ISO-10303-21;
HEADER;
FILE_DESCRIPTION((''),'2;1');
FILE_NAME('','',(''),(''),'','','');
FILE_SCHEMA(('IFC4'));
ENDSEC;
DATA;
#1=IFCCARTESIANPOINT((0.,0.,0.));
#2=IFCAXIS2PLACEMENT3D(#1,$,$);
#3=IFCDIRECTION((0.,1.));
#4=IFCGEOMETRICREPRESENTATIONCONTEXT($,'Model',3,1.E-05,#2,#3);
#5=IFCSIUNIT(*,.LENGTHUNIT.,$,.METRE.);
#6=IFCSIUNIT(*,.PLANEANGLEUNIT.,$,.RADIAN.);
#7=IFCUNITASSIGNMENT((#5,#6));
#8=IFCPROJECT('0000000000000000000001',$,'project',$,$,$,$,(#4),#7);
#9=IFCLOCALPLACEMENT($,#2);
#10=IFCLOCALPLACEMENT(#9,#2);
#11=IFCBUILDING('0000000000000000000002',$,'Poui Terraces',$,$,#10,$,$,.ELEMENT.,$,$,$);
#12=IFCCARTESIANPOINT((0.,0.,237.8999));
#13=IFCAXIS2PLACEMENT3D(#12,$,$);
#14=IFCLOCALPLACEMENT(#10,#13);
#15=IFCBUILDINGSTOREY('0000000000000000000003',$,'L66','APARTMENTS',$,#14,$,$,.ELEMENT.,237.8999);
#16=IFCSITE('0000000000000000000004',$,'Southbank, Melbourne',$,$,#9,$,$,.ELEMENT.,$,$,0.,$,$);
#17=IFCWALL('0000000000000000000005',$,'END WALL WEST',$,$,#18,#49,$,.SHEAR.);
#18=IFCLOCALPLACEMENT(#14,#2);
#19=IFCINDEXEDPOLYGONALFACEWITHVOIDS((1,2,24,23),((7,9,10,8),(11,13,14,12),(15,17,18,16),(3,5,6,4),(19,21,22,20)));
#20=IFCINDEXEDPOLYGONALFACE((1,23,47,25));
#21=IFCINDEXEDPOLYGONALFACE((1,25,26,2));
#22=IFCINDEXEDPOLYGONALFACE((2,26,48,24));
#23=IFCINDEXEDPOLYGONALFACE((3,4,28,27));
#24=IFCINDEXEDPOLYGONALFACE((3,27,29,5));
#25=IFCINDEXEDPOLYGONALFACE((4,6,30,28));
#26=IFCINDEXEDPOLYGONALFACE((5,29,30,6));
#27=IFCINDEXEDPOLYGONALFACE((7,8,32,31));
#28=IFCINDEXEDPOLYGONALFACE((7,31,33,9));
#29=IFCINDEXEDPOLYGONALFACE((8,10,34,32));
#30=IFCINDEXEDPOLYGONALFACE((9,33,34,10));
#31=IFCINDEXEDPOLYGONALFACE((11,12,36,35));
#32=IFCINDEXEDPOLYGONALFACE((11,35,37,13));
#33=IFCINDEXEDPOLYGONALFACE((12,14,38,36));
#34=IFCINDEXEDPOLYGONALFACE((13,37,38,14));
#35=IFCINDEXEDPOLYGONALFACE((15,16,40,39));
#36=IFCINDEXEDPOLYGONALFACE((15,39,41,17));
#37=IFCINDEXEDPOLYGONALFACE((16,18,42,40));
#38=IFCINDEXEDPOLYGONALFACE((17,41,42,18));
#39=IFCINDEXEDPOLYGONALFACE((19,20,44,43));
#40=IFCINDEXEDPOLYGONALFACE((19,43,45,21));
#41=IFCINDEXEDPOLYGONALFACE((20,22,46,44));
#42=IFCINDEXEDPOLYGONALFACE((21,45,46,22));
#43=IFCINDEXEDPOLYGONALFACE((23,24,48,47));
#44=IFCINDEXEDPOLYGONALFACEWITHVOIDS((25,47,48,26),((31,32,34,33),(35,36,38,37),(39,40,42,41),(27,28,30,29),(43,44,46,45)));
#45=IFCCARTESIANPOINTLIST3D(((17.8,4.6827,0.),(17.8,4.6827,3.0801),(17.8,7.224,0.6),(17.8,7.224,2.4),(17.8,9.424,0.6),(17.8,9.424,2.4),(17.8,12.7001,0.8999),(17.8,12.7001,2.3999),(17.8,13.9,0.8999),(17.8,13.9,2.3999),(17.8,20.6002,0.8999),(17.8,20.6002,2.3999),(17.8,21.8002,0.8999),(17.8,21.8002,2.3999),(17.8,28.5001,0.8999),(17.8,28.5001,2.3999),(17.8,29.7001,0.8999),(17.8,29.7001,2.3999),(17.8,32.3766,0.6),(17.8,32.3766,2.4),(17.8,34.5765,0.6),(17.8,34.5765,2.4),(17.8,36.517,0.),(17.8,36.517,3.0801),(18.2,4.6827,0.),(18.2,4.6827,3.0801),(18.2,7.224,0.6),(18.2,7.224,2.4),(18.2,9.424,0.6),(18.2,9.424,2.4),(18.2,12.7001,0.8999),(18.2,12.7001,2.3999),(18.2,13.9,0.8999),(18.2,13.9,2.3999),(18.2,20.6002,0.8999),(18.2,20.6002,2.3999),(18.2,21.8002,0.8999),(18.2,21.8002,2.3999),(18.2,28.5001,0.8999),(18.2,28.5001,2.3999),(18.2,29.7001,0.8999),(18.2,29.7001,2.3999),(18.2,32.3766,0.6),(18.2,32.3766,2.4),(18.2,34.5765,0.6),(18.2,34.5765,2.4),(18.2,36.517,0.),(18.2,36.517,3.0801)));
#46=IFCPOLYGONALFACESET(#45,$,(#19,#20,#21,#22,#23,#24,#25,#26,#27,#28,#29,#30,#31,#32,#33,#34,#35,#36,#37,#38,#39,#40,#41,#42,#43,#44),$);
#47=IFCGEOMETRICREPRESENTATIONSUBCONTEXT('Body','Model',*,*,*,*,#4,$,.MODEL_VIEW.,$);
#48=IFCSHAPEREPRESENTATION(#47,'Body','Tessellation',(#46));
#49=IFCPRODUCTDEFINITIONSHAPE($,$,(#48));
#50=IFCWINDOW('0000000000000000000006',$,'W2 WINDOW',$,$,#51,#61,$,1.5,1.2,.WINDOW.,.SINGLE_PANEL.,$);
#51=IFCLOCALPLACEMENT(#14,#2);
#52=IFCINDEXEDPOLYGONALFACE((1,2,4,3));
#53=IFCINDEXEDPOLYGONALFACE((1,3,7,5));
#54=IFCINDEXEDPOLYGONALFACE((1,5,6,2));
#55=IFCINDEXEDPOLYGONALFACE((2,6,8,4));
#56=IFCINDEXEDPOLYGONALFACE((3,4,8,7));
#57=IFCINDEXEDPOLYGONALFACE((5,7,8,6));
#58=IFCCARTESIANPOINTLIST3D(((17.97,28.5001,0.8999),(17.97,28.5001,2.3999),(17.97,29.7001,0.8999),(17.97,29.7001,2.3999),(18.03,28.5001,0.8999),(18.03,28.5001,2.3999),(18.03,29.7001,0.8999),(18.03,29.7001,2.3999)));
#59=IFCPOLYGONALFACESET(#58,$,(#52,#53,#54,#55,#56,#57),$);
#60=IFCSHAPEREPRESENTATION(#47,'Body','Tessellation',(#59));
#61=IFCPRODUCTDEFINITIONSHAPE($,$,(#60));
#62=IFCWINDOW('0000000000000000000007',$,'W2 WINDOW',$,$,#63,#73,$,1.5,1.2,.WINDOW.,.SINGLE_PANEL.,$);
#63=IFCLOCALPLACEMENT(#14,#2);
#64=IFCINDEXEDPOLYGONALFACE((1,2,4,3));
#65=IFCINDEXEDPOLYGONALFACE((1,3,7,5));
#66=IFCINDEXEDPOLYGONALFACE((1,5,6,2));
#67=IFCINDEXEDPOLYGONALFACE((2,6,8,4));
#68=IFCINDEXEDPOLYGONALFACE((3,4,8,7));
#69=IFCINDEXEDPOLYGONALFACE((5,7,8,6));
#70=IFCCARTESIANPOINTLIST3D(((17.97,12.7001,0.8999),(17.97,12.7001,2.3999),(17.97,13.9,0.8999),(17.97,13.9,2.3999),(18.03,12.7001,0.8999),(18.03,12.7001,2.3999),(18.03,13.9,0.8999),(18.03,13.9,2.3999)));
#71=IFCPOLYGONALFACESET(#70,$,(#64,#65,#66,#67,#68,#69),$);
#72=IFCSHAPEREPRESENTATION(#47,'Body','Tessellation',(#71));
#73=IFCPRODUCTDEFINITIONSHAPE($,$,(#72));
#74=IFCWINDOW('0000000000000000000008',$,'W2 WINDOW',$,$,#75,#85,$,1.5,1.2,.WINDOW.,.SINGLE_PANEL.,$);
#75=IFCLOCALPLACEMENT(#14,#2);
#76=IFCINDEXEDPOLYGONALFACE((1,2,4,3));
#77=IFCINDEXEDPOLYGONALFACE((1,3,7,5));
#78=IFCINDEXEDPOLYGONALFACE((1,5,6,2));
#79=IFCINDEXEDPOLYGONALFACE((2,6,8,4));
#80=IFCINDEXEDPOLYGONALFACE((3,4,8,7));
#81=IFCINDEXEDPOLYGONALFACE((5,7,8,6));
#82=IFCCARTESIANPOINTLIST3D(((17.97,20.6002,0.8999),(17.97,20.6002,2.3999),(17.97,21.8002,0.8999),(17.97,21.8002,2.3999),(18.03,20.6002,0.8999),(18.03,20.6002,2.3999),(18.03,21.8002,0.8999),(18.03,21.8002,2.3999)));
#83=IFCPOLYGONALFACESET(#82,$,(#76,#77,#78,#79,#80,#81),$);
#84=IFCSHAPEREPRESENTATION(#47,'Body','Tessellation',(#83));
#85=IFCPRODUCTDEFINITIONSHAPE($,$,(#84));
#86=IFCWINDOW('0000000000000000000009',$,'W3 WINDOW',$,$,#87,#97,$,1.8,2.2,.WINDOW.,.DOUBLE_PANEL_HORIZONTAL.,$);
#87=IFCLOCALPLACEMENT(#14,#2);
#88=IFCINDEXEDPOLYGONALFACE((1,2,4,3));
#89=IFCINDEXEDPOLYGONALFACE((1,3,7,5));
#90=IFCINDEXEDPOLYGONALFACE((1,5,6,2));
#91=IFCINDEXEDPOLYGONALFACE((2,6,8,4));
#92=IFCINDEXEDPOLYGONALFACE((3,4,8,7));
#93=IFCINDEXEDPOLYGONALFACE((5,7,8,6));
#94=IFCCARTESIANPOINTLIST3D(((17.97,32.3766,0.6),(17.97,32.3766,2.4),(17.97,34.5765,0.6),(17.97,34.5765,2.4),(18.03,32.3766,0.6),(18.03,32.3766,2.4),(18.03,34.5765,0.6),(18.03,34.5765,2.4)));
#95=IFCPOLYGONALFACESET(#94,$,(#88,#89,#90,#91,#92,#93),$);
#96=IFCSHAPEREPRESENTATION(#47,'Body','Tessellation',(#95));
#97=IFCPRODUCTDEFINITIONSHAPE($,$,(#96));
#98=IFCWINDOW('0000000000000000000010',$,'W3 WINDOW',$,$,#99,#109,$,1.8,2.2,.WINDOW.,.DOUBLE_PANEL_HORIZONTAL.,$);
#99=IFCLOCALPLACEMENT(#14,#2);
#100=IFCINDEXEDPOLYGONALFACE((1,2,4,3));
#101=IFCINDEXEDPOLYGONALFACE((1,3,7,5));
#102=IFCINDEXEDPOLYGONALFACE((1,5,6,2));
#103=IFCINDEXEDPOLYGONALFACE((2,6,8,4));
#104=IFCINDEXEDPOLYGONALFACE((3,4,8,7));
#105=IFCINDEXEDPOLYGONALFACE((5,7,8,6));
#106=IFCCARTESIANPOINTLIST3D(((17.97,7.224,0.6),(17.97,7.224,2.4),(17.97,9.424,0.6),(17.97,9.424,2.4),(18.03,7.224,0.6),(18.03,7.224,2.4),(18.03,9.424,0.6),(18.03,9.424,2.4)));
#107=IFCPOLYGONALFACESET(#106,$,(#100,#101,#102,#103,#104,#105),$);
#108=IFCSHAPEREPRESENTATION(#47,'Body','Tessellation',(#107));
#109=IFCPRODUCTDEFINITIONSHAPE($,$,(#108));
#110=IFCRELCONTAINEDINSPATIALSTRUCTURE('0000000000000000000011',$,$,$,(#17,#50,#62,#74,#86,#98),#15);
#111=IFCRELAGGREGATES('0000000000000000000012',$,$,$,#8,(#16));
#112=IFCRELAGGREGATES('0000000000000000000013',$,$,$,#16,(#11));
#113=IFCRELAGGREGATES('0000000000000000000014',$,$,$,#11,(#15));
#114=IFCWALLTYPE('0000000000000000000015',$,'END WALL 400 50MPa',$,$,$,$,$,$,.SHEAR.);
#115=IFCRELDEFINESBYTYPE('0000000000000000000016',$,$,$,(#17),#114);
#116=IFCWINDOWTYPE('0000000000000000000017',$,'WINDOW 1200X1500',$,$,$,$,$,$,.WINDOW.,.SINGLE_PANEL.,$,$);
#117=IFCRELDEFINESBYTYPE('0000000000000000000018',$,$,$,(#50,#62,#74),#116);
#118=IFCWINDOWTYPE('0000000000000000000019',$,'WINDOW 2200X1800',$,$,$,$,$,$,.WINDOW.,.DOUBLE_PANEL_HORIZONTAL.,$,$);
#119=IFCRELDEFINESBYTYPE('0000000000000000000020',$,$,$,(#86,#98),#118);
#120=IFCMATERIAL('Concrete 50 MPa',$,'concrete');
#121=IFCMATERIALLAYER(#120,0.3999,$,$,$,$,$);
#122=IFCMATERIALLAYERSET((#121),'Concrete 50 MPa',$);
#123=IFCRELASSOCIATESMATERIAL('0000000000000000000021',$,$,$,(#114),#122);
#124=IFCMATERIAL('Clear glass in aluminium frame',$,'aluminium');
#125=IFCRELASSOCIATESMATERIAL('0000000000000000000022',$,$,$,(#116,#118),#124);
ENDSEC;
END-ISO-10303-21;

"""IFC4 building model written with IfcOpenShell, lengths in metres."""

from ifc_helpers import new_model, si_unit, direction, frame, frame_2d, origin, place, context, subcontext, project, spatial, rectangle, extrude, material, layer, layer_set, type_object, element, fill, save


model = new_model("IFC4")

# Units and contexts
model_context = context("Model", 3, precision=1e-05, world=origin(), true_north=direction((0.0, 1.0)))
body_context = subcontext(model_context, "Body", "Model", "MODEL_VIEW")
ifc_project = project(units=[si_unit("LENGTHUNIT", "METRE"), si_unit("PLANEANGLEUNIT", "RADIAN")], contexts=[model_context])

# Site, building, storey
site_placement = place(None, origin())
site = spatial("IfcSite", under=ifc_project, at=site_placement, Name="Southbank, Melbourne", CompositionType="ELEMENT", RefElevation=0.0)
building_placement = place(site_placement, origin())
building = spatial("IfcBuilding", under=site, at=building_placement, Name="Poui Terraces", CompositionType="ELEMENT")
storey_placement = place(building_placement, frame((0.0, 0.0, 237.8999)))
storey = spatial("IfcBuildingStorey", under=building, at=storey_placement, Name="L66", Description="APARTMENTS", CompositionType="ELEMENT", Elevation=237.8999)

# Shared definitions
ifc_material_1 = material(Name="Concrete 50 MPa", Category="concrete")

# Wall, openings, windows
ifc_layer_1 = layer(ifc_material_1, 0.3999)
ifc_layer_set_1 = layer_set([ifc_layer_1], Name="Concrete 50 MPa")
wall_type_1 = type_object("IfcWallType", Name="END WALL 400 50MPa", PredefinedType="SHEAR", material=ifc_layer_set_1)
wall_1_placement = place(storey_placement, frame((18.0, 4.6829, 0.0), z_axis=(0.0, 0.0, 1.0), x_axis=(0.0, 1.0, 0.0)))
wall_1 = element("IfcWall", 1, at=wall_1_placement, inside=storey, type_object=wall_type_1, Name="END WALL WEST", PredefinedType="SHEAR", context=body_context, shape_type="SweptSolid", body=[
    extrude(rectangle(XDim=31.8342, YDim=0.3999, at=frame_2d((15.917, 0.0))), origin(), (0.0, 0.0, 1.0), 3.0801),
])
opening_1_placement = place(wall_1_placement, frame((23.8171, 0.0, 0.8999)))
opening_1 = element("IfcOpeningElement", 2, at=opening_1_placement, cuts=wall_1, PredefinedType="OPENING", context=body_context, shape_type="SweptSolid", body=[
    extrude(rectangle(XDim=1.2, YDim=1.5, at=frame_2d((0.6001, 0.75))), frame((0.0, 0.21, 0.0), z_axis=(0.0, -1.0, 0.0), x_axis=(1.0, 0.0, 0.0)), (0.0, 0.0, 1.0), 0.4199),
])
opening_2_placement = place(wall_1_placement, frame((8.0171, 0.0, 0.8999)))
opening_2 = element("IfcOpeningElement", 3, at=opening_2_placement, cuts=wall_1, PredefinedType="OPENING", context=body_context, shape_type="SweptSolid", body=[
    extrude(rectangle(XDim=1.2, YDim=1.5, at=frame_2d((0.6001, 0.75))), frame((0.0, 0.21, 0.0), z_axis=(0.0, -1.0, 0.0), x_axis=(1.0, 0.0, 0.0)), (0.0, 0.0, 1.0), 0.4199),
])
opening_3_placement = place(wall_1_placement, frame((27.6936, 0.0, 0.6001)))
opening_3 = element("IfcOpeningElement", 4, at=opening_3_placement, cuts=wall_1, PredefinedType="OPENING", context=body_context, shape_type="SweptSolid", body=[
    extrude(rectangle(XDim=2.2, YDim=1.8, at=frame_2d((1.1001, 0.8999))), frame((0.0, 0.21, 0.0), z_axis=(0.0, -1.0, 0.0), x_axis=(1.0, 0.0, 0.0)), (0.0, 0.0, 1.0), 0.4199),
])
opening_4_placement = place(wall_1_placement, frame((2.541, 0.0, 0.6001)))
opening_4 = element("IfcOpeningElement", 5, at=opening_4_placement, cuts=wall_1, PredefinedType="OPENING", context=body_context, shape_type="SweptSolid", body=[
    extrude(rectangle(XDim=2.2, YDim=1.8, at=frame_2d((1.1001, 0.8999))), frame((0.0, 0.21, 0.0), z_axis=(0.0, -1.0, 0.0), x_axis=(1.0, 0.0, 0.0)), (0.0, 0.0, 1.0), 0.4199),
])
opening_5_placement = place(wall_1_placement, frame((15.9172, 0.0, 0.8999)))
opening_5 = element("IfcOpeningElement", 6, at=opening_5_placement, cuts=wall_1, PredefinedType="OPENING", context=body_context, shape_type="SweptSolid", body=[
    extrude(rectangle(XDim=1.2, YDim=1.5, at=frame_2d((0.6001, 0.75))), frame((0.0, 0.21, 0.0), z_axis=(0.0, -1.0, 0.0), x_axis=(1.0, 0.0, 0.0)), (0.0, 0.0, 1.0), 0.4199),
])
ifc_material_2 = material(Name="Clear glass in aluminium frame", Category="aluminium")
window_type_1 = type_object("IfcWindowType", Name="WINDOW 1200X1500", PartitioningType="SINGLE_PANEL", PredefinedType="WINDOW", material=ifc_material_2)
window_1_placement = place(opening_1_placement, origin())
window_1 = element("IfcWindow", 7, at=window_1_placement, inside=storey, type_object=window_type_1, Name="W2 WINDOW", OverallHeight=1.5, OverallWidth=1.2, PartitioningType="SINGLE_PANEL", PredefinedType="WINDOW", context=body_context, shape_type="SweptSolid", body=[
    extrude(rectangle(XDim=1.2, YDim=1.5, at=frame_2d((0.6001, 0.75))), frame((0.0, 0.03, 0.0), z_axis=(0.0, -1.0, 0.0), x_axis=(1.0, 0.0, 0.0)), (0.0, 0.0, 1.0), 0.0601),
])
fill(opening_1, window_1)
window_2_placement = place(opening_2_placement, origin())
window_2 = element("IfcWindow", 8, at=window_2_placement, inside=storey, type_object=window_type_1, Name="W2 WINDOW", OverallHeight=1.5, OverallWidth=1.2, PartitioningType="SINGLE_PANEL", PredefinedType="WINDOW", context=body_context, shape_type="SweptSolid", body=[
    extrude(rectangle(XDim=1.2, YDim=1.5, at=frame_2d((0.6001, 0.75))), frame((0.0, 0.03, 0.0), z_axis=(0.0, -1.0, 0.0), x_axis=(1.0, 0.0, 0.0)), (0.0, 0.0, 1.0), 0.0601),
])
fill(opening_2, window_2)
window_3_placement = place(opening_5_placement, origin())
window_3 = element("IfcWindow", 9, at=window_3_placement, inside=storey, type_object=window_type_1, Name="W2 WINDOW", OverallHeight=1.5, OverallWidth=1.2, PartitioningType="SINGLE_PANEL", PredefinedType="WINDOW", context=body_context, shape_type="SweptSolid", body=[
    extrude(rectangle(XDim=1.2, YDim=1.5, at=frame_2d((0.6001, 0.75))), frame((0.0, 0.03, 0.0), z_axis=(0.0, -1.0, 0.0), x_axis=(1.0, 0.0, 0.0)), (0.0, 0.0, 1.0), 0.0601),
])
fill(opening_5, window_3)
window_type_2 = type_object("IfcWindowType", Name="WINDOW 2200X1800", PartitioningType="DOUBLE_PANEL_HORIZONTAL", PredefinedType="WINDOW", material=ifc_material_2)
window_4_placement = place(opening_3_placement, origin())
window_4 = element("IfcWindow", 10, at=window_4_placement, inside=storey, type_object=window_type_2, Name="W3 WINDOW", OverallHeight=1.8, OverallWidth=2.2, PartitioningType="DOUBLE_PANEL_HORIZONTAL", PredefinedType="WINDOW", context=body_context, shape_type="SweptSolid", body=[
    extrude(rectangle(XDim=2.2, YDim=1.8, at=frame_2d((1.1001, 0.8999))), frame((0.0, 0.03, 0.0), z_axis=(0.0, -1.0, 0.0), x_axis=(1.0, 0.0, 0.0)), (0.0, 0.0, 1.0), 0.0601),
])
fill(opening_3, window_4)
window_5_placement = place(opening_4_placement, origin())
window_5 = element("IfcWindow", 11, at=window_5_placement, inside=storey, type_object=window_type_2, Name="W3 WINDOW", OverallHeight=1.8, OverallWidth=2.2, PartitioningType="DOUBLE_PANEL_HORIZONTAL", PredefinedType="WINDOW", context=body_context, shape_type="SweptSolid", body=[
    extrude(rectangle(XDim=2.2, YDim=1.8, at=frame_2d((1.1001, 0.8999))), frame((0.0, 0.03, 0.0), z_axis=(0.0, -1.0, 0.0), x_axis=(1.0, 0.0, 0.0)), (0.0, 0.0, 1.0), 0.0601),
])
fill(opening_4, window_5)

save(model, "model.ifc")
